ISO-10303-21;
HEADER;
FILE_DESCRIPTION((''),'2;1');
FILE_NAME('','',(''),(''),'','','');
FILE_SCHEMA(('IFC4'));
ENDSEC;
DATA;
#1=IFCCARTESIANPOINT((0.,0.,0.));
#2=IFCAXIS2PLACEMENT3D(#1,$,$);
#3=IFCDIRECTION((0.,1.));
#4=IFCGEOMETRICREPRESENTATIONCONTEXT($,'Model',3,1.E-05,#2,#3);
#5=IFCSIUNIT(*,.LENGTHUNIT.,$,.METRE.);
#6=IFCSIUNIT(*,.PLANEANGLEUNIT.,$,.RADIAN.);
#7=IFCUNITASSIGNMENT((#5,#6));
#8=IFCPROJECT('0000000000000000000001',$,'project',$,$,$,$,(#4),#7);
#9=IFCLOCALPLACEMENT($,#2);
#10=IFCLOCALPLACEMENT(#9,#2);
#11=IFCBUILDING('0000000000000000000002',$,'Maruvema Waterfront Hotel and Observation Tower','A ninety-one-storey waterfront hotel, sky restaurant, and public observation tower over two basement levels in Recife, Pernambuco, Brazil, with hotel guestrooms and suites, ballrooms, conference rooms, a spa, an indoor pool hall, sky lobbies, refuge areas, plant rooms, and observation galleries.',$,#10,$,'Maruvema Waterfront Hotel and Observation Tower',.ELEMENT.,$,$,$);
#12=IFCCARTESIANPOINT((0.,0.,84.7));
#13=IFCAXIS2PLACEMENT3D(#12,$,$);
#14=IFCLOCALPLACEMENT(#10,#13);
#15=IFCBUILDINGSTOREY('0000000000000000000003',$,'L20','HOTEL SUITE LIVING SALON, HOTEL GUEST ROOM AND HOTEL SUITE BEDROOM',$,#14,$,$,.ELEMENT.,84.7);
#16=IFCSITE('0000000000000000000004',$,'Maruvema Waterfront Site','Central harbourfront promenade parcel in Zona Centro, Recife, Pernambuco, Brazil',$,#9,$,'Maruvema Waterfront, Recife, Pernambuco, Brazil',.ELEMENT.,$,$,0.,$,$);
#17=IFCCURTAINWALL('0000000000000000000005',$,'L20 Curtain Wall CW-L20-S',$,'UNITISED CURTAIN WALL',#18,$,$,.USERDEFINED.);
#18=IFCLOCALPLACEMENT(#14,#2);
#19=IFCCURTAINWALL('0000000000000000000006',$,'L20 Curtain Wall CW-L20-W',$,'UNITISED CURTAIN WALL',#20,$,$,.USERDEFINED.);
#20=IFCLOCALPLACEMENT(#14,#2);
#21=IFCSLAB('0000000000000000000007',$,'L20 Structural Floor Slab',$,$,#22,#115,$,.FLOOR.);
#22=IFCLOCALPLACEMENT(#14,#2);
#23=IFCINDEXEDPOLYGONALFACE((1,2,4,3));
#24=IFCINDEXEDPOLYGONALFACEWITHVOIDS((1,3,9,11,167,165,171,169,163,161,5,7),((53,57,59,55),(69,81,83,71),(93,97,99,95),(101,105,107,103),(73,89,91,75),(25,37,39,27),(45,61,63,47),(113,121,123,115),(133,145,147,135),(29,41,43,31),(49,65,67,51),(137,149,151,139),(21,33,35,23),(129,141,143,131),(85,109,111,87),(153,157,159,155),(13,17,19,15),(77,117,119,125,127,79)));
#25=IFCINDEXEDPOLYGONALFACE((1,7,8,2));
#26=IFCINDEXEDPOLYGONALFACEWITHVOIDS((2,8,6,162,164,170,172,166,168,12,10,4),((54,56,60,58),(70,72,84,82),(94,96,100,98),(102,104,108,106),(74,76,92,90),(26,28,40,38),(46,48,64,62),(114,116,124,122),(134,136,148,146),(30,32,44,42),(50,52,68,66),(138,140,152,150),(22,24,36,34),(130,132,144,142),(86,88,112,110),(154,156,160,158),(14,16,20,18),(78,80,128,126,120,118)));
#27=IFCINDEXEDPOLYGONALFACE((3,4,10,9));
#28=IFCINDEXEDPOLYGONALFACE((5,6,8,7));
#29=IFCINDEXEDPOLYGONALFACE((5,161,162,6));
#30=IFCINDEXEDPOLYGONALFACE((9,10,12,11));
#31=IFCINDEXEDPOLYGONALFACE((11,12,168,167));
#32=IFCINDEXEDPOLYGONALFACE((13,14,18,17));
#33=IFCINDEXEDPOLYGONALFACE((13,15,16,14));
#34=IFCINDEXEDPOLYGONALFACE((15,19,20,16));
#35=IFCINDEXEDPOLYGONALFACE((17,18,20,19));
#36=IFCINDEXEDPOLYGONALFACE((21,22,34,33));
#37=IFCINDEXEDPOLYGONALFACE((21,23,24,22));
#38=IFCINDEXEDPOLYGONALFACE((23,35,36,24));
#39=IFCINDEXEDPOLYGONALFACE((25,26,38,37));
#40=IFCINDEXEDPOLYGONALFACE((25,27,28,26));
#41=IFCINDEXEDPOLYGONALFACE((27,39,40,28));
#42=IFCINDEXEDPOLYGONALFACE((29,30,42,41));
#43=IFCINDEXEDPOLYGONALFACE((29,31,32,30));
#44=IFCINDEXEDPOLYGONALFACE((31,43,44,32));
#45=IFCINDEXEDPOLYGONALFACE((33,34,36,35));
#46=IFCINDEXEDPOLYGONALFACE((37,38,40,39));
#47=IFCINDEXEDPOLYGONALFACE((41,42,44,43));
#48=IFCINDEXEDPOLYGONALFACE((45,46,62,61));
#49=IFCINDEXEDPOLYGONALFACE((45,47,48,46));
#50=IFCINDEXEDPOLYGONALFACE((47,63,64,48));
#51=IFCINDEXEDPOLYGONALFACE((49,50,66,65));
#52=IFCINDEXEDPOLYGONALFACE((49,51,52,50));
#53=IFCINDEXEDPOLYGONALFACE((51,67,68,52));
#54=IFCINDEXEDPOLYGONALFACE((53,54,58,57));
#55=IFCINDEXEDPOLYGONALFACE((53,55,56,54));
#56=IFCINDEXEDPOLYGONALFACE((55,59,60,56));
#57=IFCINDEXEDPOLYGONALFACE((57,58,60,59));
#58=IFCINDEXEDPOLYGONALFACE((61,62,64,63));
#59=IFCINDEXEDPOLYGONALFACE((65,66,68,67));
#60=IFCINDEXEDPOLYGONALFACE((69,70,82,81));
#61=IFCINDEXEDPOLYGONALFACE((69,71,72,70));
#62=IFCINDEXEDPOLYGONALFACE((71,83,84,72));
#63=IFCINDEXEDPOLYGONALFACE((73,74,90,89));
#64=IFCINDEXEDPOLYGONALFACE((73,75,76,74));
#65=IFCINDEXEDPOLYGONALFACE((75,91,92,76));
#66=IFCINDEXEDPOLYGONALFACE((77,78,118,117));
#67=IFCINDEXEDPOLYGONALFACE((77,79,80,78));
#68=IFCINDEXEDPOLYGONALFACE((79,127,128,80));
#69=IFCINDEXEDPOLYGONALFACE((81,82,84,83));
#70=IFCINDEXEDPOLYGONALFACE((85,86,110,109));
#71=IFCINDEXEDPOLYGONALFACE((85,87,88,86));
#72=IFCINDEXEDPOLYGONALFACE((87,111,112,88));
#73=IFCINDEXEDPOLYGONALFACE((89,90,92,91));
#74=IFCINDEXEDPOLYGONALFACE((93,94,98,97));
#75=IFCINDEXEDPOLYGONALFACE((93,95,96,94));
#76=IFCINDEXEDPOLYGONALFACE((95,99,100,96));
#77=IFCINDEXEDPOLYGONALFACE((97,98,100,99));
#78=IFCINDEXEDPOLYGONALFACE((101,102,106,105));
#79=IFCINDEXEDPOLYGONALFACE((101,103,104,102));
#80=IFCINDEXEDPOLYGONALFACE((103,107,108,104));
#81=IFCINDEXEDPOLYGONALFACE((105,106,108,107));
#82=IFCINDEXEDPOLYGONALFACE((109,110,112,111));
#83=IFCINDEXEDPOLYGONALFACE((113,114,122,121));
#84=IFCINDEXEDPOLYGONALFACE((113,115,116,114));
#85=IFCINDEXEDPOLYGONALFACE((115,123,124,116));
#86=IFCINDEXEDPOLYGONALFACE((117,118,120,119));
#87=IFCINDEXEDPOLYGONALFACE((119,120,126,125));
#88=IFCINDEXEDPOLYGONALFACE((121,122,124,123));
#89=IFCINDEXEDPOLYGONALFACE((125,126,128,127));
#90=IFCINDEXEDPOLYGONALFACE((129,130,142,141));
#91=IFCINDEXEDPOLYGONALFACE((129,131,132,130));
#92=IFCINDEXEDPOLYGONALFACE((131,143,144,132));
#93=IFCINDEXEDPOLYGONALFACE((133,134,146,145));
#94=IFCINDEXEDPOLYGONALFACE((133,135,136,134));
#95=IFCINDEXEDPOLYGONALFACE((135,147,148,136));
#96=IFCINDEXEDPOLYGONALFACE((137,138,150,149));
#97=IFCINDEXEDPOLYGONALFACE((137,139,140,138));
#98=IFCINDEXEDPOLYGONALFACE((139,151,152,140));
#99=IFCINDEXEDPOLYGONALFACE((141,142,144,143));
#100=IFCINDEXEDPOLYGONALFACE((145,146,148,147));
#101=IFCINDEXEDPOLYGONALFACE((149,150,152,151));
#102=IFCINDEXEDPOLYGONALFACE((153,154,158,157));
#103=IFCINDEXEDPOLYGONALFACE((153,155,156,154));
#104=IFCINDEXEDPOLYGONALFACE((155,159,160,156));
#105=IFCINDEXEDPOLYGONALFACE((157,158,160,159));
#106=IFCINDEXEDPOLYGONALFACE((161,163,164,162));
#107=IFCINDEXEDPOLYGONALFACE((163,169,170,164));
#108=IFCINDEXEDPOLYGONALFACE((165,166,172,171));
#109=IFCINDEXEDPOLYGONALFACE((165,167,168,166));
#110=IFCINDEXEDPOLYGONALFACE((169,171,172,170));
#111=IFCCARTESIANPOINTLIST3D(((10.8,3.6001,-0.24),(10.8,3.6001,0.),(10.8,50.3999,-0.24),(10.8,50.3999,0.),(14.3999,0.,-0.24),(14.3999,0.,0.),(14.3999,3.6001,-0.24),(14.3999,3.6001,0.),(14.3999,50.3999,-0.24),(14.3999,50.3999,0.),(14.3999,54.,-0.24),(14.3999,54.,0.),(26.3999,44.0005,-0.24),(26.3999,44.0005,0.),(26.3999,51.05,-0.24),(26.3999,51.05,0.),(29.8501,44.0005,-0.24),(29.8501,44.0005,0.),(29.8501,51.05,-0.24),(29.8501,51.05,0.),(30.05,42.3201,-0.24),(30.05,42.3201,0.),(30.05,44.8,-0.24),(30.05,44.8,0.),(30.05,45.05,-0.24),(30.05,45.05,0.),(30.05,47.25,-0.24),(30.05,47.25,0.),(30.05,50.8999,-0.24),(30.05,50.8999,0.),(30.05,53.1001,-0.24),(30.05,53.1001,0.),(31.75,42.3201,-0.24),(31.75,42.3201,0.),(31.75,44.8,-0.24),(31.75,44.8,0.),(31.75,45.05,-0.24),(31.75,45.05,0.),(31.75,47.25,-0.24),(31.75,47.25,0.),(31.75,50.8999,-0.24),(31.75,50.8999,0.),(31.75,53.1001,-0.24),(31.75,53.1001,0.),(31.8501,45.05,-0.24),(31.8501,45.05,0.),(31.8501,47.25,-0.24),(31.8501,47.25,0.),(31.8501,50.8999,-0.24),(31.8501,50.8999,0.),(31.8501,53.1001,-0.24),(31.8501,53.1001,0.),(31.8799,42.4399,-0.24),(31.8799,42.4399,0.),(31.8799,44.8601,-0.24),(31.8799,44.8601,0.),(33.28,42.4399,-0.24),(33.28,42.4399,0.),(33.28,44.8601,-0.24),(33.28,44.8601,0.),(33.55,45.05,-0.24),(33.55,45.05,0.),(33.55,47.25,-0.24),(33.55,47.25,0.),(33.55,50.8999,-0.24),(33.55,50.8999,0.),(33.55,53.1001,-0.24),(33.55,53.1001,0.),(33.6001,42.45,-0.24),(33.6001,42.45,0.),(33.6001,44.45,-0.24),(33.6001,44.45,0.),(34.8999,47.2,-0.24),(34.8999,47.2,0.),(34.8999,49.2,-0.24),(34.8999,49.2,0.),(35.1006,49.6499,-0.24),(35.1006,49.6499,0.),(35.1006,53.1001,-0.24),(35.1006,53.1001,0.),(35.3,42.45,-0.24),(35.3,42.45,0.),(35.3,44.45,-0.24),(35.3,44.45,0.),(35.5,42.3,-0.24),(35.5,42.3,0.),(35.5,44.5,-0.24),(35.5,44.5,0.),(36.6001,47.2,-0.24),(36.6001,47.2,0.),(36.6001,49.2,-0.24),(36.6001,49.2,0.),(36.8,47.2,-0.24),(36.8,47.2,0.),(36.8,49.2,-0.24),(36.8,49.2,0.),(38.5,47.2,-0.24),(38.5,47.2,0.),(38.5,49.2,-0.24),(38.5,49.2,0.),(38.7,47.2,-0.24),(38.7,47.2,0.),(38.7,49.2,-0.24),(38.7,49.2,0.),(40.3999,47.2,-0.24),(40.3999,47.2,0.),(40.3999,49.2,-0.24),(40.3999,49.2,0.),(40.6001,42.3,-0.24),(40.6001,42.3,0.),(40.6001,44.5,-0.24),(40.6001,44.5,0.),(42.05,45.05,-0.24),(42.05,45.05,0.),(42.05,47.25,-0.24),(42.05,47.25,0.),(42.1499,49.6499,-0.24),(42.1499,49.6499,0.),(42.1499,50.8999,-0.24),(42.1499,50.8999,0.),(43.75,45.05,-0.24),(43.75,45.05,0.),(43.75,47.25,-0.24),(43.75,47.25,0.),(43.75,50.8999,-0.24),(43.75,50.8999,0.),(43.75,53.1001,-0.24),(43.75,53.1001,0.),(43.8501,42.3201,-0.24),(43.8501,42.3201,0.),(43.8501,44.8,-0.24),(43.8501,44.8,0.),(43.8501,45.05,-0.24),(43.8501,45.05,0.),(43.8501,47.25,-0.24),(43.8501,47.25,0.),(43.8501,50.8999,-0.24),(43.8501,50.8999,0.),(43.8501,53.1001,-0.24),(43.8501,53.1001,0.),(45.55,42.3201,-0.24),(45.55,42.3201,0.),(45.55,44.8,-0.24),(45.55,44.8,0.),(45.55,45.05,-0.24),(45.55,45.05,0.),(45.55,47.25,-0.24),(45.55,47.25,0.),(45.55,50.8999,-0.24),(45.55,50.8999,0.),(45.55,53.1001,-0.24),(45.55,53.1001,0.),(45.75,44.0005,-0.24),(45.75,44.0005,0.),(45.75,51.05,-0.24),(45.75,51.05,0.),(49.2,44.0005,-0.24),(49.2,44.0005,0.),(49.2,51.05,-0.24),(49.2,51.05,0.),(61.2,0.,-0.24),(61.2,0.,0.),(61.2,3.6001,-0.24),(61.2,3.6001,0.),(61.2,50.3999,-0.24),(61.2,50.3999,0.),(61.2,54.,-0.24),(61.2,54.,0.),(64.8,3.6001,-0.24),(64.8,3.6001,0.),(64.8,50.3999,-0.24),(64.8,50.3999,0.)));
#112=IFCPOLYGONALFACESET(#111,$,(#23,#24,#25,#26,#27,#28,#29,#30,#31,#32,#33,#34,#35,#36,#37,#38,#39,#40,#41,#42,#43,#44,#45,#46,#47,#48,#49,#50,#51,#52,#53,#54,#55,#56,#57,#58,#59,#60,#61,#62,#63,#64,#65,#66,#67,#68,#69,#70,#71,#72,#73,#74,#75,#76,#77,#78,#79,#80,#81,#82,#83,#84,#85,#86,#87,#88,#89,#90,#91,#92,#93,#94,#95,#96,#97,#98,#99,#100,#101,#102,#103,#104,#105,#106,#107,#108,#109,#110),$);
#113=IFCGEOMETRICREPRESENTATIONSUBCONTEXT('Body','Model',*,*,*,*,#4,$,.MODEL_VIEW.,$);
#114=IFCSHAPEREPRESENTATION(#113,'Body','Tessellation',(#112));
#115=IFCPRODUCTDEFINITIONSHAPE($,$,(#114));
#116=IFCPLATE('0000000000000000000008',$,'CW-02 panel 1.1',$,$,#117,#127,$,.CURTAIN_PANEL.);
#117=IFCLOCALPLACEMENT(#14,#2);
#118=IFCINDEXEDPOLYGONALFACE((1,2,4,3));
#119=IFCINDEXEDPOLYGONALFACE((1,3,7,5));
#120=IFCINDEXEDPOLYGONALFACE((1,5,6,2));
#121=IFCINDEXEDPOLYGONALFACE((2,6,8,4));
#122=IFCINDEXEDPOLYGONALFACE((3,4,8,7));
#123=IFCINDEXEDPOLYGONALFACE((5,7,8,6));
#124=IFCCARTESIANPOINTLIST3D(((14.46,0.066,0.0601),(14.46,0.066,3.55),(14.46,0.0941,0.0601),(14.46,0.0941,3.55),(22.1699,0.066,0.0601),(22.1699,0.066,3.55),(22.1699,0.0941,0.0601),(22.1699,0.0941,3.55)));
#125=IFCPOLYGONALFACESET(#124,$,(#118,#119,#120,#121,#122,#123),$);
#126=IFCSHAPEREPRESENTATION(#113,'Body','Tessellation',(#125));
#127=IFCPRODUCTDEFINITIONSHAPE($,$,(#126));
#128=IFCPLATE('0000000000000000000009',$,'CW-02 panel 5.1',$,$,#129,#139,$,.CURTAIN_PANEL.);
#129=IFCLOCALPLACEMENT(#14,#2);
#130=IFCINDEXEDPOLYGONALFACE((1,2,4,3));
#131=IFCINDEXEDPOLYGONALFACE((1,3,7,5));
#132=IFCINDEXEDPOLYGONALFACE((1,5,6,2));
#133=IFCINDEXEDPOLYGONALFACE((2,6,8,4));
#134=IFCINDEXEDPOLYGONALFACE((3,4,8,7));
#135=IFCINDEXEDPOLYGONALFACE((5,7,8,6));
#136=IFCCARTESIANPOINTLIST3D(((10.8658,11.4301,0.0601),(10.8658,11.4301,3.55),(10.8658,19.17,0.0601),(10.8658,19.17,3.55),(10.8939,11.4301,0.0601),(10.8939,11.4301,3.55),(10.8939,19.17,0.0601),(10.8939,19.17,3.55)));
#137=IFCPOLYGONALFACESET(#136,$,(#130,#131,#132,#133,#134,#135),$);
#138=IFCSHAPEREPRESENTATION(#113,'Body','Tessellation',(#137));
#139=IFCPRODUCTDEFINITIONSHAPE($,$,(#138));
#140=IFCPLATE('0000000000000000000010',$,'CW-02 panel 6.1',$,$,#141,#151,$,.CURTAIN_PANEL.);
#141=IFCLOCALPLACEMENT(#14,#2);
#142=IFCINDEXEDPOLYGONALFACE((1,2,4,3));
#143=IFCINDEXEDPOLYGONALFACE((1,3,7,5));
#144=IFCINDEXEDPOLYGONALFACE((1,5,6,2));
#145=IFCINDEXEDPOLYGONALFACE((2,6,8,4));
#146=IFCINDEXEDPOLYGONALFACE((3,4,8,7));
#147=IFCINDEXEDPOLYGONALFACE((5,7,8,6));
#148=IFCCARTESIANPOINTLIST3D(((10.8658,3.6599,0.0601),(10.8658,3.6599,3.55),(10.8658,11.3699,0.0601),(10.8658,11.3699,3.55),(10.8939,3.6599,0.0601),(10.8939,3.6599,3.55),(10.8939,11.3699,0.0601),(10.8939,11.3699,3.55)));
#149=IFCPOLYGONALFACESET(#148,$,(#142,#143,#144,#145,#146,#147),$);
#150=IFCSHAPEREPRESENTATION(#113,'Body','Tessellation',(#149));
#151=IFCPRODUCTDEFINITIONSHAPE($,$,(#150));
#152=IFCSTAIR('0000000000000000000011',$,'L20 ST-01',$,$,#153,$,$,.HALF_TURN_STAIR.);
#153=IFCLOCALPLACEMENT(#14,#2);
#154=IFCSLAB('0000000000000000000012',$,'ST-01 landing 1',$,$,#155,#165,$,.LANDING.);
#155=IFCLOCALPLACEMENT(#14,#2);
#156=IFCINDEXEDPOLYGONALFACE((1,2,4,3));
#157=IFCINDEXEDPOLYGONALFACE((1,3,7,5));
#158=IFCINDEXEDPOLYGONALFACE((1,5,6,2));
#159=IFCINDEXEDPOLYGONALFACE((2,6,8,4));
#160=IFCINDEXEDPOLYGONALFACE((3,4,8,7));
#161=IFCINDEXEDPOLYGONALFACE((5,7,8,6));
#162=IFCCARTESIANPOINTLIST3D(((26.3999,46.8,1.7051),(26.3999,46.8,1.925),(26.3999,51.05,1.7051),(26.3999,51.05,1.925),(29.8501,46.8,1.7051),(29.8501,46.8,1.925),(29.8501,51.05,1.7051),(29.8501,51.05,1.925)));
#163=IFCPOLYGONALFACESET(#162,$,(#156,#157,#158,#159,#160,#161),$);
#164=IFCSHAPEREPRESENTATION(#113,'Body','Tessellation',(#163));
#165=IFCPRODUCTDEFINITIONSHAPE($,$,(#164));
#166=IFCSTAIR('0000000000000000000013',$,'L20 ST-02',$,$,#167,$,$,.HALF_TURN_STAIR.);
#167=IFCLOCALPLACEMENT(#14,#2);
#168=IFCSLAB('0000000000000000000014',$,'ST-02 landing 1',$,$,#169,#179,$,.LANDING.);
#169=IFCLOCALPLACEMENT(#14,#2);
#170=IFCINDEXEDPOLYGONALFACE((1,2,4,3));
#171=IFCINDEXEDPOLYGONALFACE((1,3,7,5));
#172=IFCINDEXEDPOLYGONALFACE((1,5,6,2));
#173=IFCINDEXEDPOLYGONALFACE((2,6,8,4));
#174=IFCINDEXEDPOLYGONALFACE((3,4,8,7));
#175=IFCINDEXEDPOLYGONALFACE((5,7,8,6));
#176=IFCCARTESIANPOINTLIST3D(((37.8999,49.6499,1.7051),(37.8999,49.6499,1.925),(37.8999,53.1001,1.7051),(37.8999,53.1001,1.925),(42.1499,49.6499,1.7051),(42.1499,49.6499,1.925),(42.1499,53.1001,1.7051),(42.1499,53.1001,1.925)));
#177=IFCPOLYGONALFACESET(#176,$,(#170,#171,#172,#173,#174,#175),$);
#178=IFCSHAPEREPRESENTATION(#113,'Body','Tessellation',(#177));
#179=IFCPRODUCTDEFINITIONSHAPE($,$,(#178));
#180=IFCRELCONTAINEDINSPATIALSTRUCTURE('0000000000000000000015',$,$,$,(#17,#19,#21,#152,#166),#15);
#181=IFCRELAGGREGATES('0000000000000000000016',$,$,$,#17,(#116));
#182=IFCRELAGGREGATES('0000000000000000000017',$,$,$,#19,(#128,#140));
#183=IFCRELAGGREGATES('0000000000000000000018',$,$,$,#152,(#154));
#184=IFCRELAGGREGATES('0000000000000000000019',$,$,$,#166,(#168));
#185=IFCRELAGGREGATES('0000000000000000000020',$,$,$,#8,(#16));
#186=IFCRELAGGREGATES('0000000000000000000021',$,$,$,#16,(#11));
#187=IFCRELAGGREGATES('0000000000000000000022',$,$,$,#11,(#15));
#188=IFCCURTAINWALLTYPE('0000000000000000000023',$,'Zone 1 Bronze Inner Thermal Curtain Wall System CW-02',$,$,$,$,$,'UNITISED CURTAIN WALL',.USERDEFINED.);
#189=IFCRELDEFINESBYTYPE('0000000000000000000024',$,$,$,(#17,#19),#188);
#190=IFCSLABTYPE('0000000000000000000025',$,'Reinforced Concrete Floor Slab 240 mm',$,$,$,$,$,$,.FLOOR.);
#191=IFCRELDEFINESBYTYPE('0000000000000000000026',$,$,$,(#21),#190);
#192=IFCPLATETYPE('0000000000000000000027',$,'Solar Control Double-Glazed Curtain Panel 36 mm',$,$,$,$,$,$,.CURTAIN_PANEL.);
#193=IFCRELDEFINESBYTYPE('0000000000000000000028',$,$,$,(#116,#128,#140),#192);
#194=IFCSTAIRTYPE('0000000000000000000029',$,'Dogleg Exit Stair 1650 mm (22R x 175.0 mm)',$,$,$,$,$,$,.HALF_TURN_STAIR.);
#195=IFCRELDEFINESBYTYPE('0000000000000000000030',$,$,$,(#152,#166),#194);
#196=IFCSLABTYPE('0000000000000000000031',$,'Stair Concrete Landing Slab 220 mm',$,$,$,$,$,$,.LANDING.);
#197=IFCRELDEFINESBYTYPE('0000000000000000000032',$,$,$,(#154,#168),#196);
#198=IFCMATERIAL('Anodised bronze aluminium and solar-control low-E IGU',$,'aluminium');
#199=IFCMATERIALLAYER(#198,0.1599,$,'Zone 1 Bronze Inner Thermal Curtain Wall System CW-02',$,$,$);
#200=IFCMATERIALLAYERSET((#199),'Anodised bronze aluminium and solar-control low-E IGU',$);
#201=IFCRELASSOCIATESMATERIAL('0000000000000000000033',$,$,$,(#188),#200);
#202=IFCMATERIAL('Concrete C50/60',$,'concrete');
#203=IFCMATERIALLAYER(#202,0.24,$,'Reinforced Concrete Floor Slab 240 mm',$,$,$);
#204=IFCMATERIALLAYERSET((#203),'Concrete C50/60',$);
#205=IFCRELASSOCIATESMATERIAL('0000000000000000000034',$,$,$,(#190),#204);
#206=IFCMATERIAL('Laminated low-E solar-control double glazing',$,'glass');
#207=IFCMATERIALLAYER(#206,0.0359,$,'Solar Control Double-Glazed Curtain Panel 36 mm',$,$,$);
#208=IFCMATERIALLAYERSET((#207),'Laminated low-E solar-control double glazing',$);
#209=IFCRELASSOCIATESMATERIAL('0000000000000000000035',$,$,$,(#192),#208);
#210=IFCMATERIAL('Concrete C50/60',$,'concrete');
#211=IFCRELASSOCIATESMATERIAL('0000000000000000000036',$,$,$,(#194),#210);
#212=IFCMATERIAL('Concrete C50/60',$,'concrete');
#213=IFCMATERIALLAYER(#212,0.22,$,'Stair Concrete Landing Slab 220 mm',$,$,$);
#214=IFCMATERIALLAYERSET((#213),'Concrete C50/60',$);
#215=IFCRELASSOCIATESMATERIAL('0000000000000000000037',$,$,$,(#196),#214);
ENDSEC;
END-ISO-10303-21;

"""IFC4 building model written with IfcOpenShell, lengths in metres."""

from ifc_helpers import new_model, si_unit, direction, frame, origin, origin_2d, place, context, subcontext, project, spatial, polyline, rectangle, outline, extrude, material, layer, layer_set, type_object, element, aggregate, save


model = new_model("IFC4")

# Units and contexts
model_context = context("Model", 3, precision=1e-05, world=origin(), true_north=direction((0.0, 1.0)))
body_context = subcontext(model_context, "Body", "Model", "MODEL_VIEW")
ifc_project = project(units=[si_unit("LENGTHUNIT", "METRE"), si_unit("PLANEANGLEUNIT", "RADIAN")], contexts=[model_context])

# Site, building, storey
site_placement = place(None, origin())
site = spatial("IfcSite", under=ifc_project, at=site_placement, Name="Maruvema Waterfront Site", Description="Central harbourfront promenade parcel in Zona Centro, Recife, Pernambuco, Brazil", LongName="Maruvema Waterfront, Recife, Pernambuco, Brazil", CompositionType="ELEMENT", RefElevation=0.0)
building_placement = place(site_placement, origin())
building = spatial("IfcBuilding", under=site, at=building_placement, Name="Maruvema Waterfront Hotel and Observation Tower", Description="A ninety-one-storey waterfront hotel, sky restaurant, and public observation tower over two basement levels in Recife, Pernambuco, Brazil, with hotel guestrooms and suites, ballrooms, conference rooms, a spa, an indoor pool hall, sky lobbies, refuge areas, plant rooms, and observation galleries.", LongName="Maruvema Waterfront Hotel and Observation Tower", CompositionType="ELEMENT")
storey_placement = place(building_placement, frame((0.0, 0.0, 84.7)))
storey = spatial("IfcBuildingStorey", under=building, at=storey_placement, Name="L20", Description="HOTEL SUITE LIVING SALON, HOTEL GUEST ROOM AND HOTEL SUITE BEDROOM", CompositionType="ELEMENT", Elevation=84.7)

# Curtain walls
ifc_material_1 = material(Name="Anodised bronze aluminium and solar-control low-E IGU", Category="aluminium")
ifc_layer_1 = layer(ifc_material_1, 0.1599, Name="Zone 1 Bronze Inner Thermal Curtain Wall System CW-02")
ifc_layer_set_1 = layer_set([ifc_layer_1], Name="Anodised bronze aluminium and solar-control low-E IGU")
curtain_wall_type = type_object("IfcCurtainWallType", Name="Zone 1 Bronze Inner Thermal Curtain Wall System CW-02", ElementType="UNITISED CURTAIN WALL", PredefinedType="USERDEFINED", material=ifc_layer_set_1)
curtain_wall_1_placement = place(storey_placement, origin())
curtain_wall_1 = element("IfcCurtainWall", 1, at=curtain_wall_1_placement, inside=storey, type_object=curtain_wall_type, Name="L20 Curtain Wall CW-L20-S", ObjectType="UNITISED CURTAIN WALL", PredefinedType="USERDEFINED")
curtain_wall_2_placement = place(storey_placement, origin())
curtain_wall_2 = element("IfcCurtainWall", 2, at=curtain_wall_2_placement, inside=storey, type_object=curtain_wall_type, Name="L20 Curtain Wall CW-L20-W", ObjectType="UNITISED CURTAIN WALL", PredefinedType="USERDEFINED")

# Slab
ifc_material_2 = material(Name="Concrete C50/60", Category="concrete")
ifc_layer_2 = layer(ifc_material_2, 0.24, Name="Reinforced Concrete Floor Slab 240 mm")
ifc_layer_set_2 = layer_set([ifc_layer_2], Name="Concrete C50/60")
slab_type_1 = type_object("IfcSlabType", Name="Reinforced Concrete Floor Slab 240 mm", PredefinedType="FLOOR", material=ifc_layer_set_2)
slab_1_placement = place(storey_placement, frame((0.0, 0.0, -0.24)))
element("IfcSlab", 3, at=slab_1_placement, inside=storey, type_object=slab_type_1, Name="L20 Structural Floor Slab", PredefinedType="FLOOR", context=body_context, shape_type="SweptSolid", body=[
    extrude(outline(polyline([(14.3999, 0.0), (61.2, 0.0), (61.2, 3.6001), (64.8, 3.6001), (64.8, 50.3999), (61.2, 50.3999), (61.2, 54.0), (14.3999, 54.0), (14.3999, 50.3999), (10.8, 50.3999), (10.8, 3.6001), (14.3999, 3.6001), (14.3999, 0.0)]), holes=[polyline([(26.3999, 44.0005), (26.3999, 51.05), (29.8501, 51.05), (29.8501, 44.0005), (26.3999, 44.0005)]), polyline([(30.05, 44.8), (31.75, 44.8), (31.75, 42.3201), (30.05, 42.3201), (30.05, 44.8)]), polyline([(31.75, 47.25), (31.75, 45.05), (30.05, 45.05), (30.05, 47.25), (31.75, 47.25)]), polyline([(31.75, 53.1001), (31.75, 50.8999), (30.05, 50.8999), (30.05, 53.1001), (31.75, 53.1001)]), polyline([(33.28, 44.8601), (33.28, 42.4399), (31.8799, 42.4399), (31.8799, 44.8601), (33.28, 44.8601)]), polyline([(31.8501, 47.25), (33.55, 47.25), (33.55, 45.05), (31.8501, 45.05), (31.8501, 47.25)]), polyline([(31.8501, 53.1001), (33.55, 53.1001), (33.55, 50.8999), (31.8501, 50.8999), (31.8501, 53.1001)]), polyline([(33.6001, 44.45), (35.3, 44.45), (35.3, 42.45), (33.6001, 42.45), (33.6001, 44.45)]), polyline([(34.8999, 49.2), (36.6001, 49.2), (36.6001, 47.2), (34.8999, 47.2), (34.8999, 49.2)]), polyline([(38.5, 49.2), (38.5, 47.2), (36.8, 47.2), (36.8, 49.2), (38.5, 49.2)]), polyline([(35.5, 44.5), (40.6001, 44.5), (40.6001, 42.3), (35.5, 42.3), (35.5, 44.5)]), polyline([(43.75, 50.8999), (42.1499, 50.8999), (42.1499, 49.6499), (35.1006, 49.6499), (35.1006, 53.1001), (43.75, 53.1001), (43.75, 50.8999)]), polyline([(40.3999, 49.2), (40.3999, 47.2), (38.7, 47.2), (38.7, 49.2), (40.3999, 49.2)]), polyline([(43.75, 47.25), (43.75, 45.05), (42.05, 45.05), (42.05, 47.25), (43.75, 47.25)]), polyline([(45.55, 44.8), (45.55, 42.3201), (43.8501, 42.3201), (43.8501, 44.8), (45.55, 44.8)]), polyline([(43.8501, 47.25), (45.55, 47.25), (45.55, 45.05), (43.8501, 45.05), (43.8501, 47.25)]), polyline([(45.55, 53.1001), (45.55, 50.8999), (43.8501, 50.8999), (43.8501, 53.1001), (45.55, 53.1001)]), polyline([(45.75, 51.05), (49.2, 51.05), (49.2, 44.0005), (45.75, 44.0005), (45.75, 51.05)])]), origin(), (0.0, 0.0, 1.0), 0.24),
])

# Plates
ifc_material_3 = material(Name="Laminated low-E solar-control double glazing", Category="glass")
ifc_layer_3 = layer(ifc_material_3, 0.0359, Name="Solar Control Double-Glazed Curtain Panel 36 mm")
ifc_layer_set_3 = layer_set([ifc_layer_3], Name="Laminated low-E solar-control double glazing")
plate_type = type_object("IfcPlateType", Name="Solar Control Double-Glazed Curtain Panel 36 mm", PredefinedType="CURTAIN_PANEL", material=ifc_layer_set_3)
plate_1_placement = place(storey_placement, frame((18.3149, 0.0801, 0.0601), z_axis=(0.0, 0.0, 1.0), x_axis=(1.0, 0.0, 0.0)))
plate_1 = element("IfcPlate", 4, at=plate_1_placement, type_object=plate_type, Name="CW-02 panel 1.1", PredefinedType="CURTAIN_PANEL", context=body_context, shape_type="SweptSolid", body=[
    extrude(rectangle(XDim=7.71, YDim=0.0281, at=origin_2d()), origin(), (0.0, 0.0, 1.0), 3.49),
])
aggregate(curtain_wall_1, [plate_1])
plate_2_placement = place(storey_placement, frame((10.8799, 15.3, 0.0601), z_axis=(0.0, 0.0, 1.0), x_axis=(0.0, -1.0, 0.0)))
plate_2 = element("IfcPlate", 5, at=plate_2_placement, type_object=plate_type, Name="CW-02 panel 5.1", PredefinedType="CURTAIN_PANEL", context=body_context, shape_type="SweptSolid", body=[
    extrude(rectangle(XDim=7.74, YDim=0.0281, at=origin_2d()), origin(), (0.0, 0.0, 1.0), 3.49),
])
plate_3_placement = place(storey_placement, frame((10.8799, 7.5149, 0.0601), z_axis=(0.0, 0.0, 1.0), x_axis=(0.0, -1.0, 0.0)))
plate_3 = element("IfcPlate", 6, at=plate_3_placement, type_object=plate_type, Name="CW-02 panel 6.1", PredefinedType="CURTAIN_PANEL", context=body_context, shape_type="SweptSolid", body=[
    extrude(rectangle(XDim=7.71, YDim=0.0281, at=origin_2d()), origin(), (0.0, 0.0, 1.0), 3.49),
])
aggregate(curtain_wall_2, [plate_2, plate_3])

# Stairs, slabs
ifc_material_4 = material(Name="Concrete C50/60", Category="concrete")
stair_type = type_object("IfcStairType", Name="Dogleg Exit Stair 1650 mm (22R x 175.0 mm)", PredefinedType="HALF_TURN_STAIR", material=ifc_material_4)
stair_1_placement = place(storey_placement, origin())
stair_1 = element("IfcStair", 7, at=stair_1_placement, inside=storey, type_object=stair_type, Name="L20 ST-01", PredefinedType="HALF_TURN_STAIR")
ifc_material_5 = material(Name="Concrete C50/60", Category="concrete")
ifc_layer_4 = layer(ifc_material_5, 0.22, Name="Stair Concrete Landing Slab 220 mm")
ifc_layer_set_4 = layer_set([ifc_layer_4], Name="Concrete C50/60")
slab_type_2 = type_object("IfcSlabType", Name="Stair Concrete Landing Slab 220 mm", PredefinedType="LANDING", material=ifc_layer_set_4)
slab_2_placement = place(storey_placement, frame((0.0, 0.0, 1.7051)))
slab_2 = element("IfcSlab", 8, at=slab_2_placement, type_object=slab_type_2, Name="ST-01 landing 1", PredefinedType="LANDING", context=body_context, shape_type="SweptSolid", body=[
    extrude(outline(polyline([(29.8501, 46.8), (29.8501, 51.05), (26.3999, 51.05), (26.3999, 46.8), (29.8501, 46.8)])), origin(), (0.0, 0.0, 1.0), 0.22),
])
aggregate(stair_1, [slab_2])
stair_2_placement = place(storey_placement, origin())
stair_2 = element("IfcStair", 9, at=stair_2_placement, inside=storey, type_object=stair_type, Name="L20 ST-02", PredefinedType="HALF_TURN_STAIR")
slab_3_placement = place(storey_placement, frame((0.0, 0.0, 1.7051)))
slab_3 = element("IfcSlab", 10, at=slab_3_placement, type_object=slab_type_2, Name="ST-02 landing 1", PredefinedType="LANDING", context=body_context, shape_type="SweptSolid", body=[
    extrude(outline(polyline([(37.8999, 49.6499), (42.1499, 49.6499), (42.1499, 53.1001), (37.8999, 53.1001), (37.8999, 49.6499)])), origin(), (0.0, 0.0, 1.0), 0.22),
])
aggregate(stair_2, [slab_3])

save(model, "model.ifc")
